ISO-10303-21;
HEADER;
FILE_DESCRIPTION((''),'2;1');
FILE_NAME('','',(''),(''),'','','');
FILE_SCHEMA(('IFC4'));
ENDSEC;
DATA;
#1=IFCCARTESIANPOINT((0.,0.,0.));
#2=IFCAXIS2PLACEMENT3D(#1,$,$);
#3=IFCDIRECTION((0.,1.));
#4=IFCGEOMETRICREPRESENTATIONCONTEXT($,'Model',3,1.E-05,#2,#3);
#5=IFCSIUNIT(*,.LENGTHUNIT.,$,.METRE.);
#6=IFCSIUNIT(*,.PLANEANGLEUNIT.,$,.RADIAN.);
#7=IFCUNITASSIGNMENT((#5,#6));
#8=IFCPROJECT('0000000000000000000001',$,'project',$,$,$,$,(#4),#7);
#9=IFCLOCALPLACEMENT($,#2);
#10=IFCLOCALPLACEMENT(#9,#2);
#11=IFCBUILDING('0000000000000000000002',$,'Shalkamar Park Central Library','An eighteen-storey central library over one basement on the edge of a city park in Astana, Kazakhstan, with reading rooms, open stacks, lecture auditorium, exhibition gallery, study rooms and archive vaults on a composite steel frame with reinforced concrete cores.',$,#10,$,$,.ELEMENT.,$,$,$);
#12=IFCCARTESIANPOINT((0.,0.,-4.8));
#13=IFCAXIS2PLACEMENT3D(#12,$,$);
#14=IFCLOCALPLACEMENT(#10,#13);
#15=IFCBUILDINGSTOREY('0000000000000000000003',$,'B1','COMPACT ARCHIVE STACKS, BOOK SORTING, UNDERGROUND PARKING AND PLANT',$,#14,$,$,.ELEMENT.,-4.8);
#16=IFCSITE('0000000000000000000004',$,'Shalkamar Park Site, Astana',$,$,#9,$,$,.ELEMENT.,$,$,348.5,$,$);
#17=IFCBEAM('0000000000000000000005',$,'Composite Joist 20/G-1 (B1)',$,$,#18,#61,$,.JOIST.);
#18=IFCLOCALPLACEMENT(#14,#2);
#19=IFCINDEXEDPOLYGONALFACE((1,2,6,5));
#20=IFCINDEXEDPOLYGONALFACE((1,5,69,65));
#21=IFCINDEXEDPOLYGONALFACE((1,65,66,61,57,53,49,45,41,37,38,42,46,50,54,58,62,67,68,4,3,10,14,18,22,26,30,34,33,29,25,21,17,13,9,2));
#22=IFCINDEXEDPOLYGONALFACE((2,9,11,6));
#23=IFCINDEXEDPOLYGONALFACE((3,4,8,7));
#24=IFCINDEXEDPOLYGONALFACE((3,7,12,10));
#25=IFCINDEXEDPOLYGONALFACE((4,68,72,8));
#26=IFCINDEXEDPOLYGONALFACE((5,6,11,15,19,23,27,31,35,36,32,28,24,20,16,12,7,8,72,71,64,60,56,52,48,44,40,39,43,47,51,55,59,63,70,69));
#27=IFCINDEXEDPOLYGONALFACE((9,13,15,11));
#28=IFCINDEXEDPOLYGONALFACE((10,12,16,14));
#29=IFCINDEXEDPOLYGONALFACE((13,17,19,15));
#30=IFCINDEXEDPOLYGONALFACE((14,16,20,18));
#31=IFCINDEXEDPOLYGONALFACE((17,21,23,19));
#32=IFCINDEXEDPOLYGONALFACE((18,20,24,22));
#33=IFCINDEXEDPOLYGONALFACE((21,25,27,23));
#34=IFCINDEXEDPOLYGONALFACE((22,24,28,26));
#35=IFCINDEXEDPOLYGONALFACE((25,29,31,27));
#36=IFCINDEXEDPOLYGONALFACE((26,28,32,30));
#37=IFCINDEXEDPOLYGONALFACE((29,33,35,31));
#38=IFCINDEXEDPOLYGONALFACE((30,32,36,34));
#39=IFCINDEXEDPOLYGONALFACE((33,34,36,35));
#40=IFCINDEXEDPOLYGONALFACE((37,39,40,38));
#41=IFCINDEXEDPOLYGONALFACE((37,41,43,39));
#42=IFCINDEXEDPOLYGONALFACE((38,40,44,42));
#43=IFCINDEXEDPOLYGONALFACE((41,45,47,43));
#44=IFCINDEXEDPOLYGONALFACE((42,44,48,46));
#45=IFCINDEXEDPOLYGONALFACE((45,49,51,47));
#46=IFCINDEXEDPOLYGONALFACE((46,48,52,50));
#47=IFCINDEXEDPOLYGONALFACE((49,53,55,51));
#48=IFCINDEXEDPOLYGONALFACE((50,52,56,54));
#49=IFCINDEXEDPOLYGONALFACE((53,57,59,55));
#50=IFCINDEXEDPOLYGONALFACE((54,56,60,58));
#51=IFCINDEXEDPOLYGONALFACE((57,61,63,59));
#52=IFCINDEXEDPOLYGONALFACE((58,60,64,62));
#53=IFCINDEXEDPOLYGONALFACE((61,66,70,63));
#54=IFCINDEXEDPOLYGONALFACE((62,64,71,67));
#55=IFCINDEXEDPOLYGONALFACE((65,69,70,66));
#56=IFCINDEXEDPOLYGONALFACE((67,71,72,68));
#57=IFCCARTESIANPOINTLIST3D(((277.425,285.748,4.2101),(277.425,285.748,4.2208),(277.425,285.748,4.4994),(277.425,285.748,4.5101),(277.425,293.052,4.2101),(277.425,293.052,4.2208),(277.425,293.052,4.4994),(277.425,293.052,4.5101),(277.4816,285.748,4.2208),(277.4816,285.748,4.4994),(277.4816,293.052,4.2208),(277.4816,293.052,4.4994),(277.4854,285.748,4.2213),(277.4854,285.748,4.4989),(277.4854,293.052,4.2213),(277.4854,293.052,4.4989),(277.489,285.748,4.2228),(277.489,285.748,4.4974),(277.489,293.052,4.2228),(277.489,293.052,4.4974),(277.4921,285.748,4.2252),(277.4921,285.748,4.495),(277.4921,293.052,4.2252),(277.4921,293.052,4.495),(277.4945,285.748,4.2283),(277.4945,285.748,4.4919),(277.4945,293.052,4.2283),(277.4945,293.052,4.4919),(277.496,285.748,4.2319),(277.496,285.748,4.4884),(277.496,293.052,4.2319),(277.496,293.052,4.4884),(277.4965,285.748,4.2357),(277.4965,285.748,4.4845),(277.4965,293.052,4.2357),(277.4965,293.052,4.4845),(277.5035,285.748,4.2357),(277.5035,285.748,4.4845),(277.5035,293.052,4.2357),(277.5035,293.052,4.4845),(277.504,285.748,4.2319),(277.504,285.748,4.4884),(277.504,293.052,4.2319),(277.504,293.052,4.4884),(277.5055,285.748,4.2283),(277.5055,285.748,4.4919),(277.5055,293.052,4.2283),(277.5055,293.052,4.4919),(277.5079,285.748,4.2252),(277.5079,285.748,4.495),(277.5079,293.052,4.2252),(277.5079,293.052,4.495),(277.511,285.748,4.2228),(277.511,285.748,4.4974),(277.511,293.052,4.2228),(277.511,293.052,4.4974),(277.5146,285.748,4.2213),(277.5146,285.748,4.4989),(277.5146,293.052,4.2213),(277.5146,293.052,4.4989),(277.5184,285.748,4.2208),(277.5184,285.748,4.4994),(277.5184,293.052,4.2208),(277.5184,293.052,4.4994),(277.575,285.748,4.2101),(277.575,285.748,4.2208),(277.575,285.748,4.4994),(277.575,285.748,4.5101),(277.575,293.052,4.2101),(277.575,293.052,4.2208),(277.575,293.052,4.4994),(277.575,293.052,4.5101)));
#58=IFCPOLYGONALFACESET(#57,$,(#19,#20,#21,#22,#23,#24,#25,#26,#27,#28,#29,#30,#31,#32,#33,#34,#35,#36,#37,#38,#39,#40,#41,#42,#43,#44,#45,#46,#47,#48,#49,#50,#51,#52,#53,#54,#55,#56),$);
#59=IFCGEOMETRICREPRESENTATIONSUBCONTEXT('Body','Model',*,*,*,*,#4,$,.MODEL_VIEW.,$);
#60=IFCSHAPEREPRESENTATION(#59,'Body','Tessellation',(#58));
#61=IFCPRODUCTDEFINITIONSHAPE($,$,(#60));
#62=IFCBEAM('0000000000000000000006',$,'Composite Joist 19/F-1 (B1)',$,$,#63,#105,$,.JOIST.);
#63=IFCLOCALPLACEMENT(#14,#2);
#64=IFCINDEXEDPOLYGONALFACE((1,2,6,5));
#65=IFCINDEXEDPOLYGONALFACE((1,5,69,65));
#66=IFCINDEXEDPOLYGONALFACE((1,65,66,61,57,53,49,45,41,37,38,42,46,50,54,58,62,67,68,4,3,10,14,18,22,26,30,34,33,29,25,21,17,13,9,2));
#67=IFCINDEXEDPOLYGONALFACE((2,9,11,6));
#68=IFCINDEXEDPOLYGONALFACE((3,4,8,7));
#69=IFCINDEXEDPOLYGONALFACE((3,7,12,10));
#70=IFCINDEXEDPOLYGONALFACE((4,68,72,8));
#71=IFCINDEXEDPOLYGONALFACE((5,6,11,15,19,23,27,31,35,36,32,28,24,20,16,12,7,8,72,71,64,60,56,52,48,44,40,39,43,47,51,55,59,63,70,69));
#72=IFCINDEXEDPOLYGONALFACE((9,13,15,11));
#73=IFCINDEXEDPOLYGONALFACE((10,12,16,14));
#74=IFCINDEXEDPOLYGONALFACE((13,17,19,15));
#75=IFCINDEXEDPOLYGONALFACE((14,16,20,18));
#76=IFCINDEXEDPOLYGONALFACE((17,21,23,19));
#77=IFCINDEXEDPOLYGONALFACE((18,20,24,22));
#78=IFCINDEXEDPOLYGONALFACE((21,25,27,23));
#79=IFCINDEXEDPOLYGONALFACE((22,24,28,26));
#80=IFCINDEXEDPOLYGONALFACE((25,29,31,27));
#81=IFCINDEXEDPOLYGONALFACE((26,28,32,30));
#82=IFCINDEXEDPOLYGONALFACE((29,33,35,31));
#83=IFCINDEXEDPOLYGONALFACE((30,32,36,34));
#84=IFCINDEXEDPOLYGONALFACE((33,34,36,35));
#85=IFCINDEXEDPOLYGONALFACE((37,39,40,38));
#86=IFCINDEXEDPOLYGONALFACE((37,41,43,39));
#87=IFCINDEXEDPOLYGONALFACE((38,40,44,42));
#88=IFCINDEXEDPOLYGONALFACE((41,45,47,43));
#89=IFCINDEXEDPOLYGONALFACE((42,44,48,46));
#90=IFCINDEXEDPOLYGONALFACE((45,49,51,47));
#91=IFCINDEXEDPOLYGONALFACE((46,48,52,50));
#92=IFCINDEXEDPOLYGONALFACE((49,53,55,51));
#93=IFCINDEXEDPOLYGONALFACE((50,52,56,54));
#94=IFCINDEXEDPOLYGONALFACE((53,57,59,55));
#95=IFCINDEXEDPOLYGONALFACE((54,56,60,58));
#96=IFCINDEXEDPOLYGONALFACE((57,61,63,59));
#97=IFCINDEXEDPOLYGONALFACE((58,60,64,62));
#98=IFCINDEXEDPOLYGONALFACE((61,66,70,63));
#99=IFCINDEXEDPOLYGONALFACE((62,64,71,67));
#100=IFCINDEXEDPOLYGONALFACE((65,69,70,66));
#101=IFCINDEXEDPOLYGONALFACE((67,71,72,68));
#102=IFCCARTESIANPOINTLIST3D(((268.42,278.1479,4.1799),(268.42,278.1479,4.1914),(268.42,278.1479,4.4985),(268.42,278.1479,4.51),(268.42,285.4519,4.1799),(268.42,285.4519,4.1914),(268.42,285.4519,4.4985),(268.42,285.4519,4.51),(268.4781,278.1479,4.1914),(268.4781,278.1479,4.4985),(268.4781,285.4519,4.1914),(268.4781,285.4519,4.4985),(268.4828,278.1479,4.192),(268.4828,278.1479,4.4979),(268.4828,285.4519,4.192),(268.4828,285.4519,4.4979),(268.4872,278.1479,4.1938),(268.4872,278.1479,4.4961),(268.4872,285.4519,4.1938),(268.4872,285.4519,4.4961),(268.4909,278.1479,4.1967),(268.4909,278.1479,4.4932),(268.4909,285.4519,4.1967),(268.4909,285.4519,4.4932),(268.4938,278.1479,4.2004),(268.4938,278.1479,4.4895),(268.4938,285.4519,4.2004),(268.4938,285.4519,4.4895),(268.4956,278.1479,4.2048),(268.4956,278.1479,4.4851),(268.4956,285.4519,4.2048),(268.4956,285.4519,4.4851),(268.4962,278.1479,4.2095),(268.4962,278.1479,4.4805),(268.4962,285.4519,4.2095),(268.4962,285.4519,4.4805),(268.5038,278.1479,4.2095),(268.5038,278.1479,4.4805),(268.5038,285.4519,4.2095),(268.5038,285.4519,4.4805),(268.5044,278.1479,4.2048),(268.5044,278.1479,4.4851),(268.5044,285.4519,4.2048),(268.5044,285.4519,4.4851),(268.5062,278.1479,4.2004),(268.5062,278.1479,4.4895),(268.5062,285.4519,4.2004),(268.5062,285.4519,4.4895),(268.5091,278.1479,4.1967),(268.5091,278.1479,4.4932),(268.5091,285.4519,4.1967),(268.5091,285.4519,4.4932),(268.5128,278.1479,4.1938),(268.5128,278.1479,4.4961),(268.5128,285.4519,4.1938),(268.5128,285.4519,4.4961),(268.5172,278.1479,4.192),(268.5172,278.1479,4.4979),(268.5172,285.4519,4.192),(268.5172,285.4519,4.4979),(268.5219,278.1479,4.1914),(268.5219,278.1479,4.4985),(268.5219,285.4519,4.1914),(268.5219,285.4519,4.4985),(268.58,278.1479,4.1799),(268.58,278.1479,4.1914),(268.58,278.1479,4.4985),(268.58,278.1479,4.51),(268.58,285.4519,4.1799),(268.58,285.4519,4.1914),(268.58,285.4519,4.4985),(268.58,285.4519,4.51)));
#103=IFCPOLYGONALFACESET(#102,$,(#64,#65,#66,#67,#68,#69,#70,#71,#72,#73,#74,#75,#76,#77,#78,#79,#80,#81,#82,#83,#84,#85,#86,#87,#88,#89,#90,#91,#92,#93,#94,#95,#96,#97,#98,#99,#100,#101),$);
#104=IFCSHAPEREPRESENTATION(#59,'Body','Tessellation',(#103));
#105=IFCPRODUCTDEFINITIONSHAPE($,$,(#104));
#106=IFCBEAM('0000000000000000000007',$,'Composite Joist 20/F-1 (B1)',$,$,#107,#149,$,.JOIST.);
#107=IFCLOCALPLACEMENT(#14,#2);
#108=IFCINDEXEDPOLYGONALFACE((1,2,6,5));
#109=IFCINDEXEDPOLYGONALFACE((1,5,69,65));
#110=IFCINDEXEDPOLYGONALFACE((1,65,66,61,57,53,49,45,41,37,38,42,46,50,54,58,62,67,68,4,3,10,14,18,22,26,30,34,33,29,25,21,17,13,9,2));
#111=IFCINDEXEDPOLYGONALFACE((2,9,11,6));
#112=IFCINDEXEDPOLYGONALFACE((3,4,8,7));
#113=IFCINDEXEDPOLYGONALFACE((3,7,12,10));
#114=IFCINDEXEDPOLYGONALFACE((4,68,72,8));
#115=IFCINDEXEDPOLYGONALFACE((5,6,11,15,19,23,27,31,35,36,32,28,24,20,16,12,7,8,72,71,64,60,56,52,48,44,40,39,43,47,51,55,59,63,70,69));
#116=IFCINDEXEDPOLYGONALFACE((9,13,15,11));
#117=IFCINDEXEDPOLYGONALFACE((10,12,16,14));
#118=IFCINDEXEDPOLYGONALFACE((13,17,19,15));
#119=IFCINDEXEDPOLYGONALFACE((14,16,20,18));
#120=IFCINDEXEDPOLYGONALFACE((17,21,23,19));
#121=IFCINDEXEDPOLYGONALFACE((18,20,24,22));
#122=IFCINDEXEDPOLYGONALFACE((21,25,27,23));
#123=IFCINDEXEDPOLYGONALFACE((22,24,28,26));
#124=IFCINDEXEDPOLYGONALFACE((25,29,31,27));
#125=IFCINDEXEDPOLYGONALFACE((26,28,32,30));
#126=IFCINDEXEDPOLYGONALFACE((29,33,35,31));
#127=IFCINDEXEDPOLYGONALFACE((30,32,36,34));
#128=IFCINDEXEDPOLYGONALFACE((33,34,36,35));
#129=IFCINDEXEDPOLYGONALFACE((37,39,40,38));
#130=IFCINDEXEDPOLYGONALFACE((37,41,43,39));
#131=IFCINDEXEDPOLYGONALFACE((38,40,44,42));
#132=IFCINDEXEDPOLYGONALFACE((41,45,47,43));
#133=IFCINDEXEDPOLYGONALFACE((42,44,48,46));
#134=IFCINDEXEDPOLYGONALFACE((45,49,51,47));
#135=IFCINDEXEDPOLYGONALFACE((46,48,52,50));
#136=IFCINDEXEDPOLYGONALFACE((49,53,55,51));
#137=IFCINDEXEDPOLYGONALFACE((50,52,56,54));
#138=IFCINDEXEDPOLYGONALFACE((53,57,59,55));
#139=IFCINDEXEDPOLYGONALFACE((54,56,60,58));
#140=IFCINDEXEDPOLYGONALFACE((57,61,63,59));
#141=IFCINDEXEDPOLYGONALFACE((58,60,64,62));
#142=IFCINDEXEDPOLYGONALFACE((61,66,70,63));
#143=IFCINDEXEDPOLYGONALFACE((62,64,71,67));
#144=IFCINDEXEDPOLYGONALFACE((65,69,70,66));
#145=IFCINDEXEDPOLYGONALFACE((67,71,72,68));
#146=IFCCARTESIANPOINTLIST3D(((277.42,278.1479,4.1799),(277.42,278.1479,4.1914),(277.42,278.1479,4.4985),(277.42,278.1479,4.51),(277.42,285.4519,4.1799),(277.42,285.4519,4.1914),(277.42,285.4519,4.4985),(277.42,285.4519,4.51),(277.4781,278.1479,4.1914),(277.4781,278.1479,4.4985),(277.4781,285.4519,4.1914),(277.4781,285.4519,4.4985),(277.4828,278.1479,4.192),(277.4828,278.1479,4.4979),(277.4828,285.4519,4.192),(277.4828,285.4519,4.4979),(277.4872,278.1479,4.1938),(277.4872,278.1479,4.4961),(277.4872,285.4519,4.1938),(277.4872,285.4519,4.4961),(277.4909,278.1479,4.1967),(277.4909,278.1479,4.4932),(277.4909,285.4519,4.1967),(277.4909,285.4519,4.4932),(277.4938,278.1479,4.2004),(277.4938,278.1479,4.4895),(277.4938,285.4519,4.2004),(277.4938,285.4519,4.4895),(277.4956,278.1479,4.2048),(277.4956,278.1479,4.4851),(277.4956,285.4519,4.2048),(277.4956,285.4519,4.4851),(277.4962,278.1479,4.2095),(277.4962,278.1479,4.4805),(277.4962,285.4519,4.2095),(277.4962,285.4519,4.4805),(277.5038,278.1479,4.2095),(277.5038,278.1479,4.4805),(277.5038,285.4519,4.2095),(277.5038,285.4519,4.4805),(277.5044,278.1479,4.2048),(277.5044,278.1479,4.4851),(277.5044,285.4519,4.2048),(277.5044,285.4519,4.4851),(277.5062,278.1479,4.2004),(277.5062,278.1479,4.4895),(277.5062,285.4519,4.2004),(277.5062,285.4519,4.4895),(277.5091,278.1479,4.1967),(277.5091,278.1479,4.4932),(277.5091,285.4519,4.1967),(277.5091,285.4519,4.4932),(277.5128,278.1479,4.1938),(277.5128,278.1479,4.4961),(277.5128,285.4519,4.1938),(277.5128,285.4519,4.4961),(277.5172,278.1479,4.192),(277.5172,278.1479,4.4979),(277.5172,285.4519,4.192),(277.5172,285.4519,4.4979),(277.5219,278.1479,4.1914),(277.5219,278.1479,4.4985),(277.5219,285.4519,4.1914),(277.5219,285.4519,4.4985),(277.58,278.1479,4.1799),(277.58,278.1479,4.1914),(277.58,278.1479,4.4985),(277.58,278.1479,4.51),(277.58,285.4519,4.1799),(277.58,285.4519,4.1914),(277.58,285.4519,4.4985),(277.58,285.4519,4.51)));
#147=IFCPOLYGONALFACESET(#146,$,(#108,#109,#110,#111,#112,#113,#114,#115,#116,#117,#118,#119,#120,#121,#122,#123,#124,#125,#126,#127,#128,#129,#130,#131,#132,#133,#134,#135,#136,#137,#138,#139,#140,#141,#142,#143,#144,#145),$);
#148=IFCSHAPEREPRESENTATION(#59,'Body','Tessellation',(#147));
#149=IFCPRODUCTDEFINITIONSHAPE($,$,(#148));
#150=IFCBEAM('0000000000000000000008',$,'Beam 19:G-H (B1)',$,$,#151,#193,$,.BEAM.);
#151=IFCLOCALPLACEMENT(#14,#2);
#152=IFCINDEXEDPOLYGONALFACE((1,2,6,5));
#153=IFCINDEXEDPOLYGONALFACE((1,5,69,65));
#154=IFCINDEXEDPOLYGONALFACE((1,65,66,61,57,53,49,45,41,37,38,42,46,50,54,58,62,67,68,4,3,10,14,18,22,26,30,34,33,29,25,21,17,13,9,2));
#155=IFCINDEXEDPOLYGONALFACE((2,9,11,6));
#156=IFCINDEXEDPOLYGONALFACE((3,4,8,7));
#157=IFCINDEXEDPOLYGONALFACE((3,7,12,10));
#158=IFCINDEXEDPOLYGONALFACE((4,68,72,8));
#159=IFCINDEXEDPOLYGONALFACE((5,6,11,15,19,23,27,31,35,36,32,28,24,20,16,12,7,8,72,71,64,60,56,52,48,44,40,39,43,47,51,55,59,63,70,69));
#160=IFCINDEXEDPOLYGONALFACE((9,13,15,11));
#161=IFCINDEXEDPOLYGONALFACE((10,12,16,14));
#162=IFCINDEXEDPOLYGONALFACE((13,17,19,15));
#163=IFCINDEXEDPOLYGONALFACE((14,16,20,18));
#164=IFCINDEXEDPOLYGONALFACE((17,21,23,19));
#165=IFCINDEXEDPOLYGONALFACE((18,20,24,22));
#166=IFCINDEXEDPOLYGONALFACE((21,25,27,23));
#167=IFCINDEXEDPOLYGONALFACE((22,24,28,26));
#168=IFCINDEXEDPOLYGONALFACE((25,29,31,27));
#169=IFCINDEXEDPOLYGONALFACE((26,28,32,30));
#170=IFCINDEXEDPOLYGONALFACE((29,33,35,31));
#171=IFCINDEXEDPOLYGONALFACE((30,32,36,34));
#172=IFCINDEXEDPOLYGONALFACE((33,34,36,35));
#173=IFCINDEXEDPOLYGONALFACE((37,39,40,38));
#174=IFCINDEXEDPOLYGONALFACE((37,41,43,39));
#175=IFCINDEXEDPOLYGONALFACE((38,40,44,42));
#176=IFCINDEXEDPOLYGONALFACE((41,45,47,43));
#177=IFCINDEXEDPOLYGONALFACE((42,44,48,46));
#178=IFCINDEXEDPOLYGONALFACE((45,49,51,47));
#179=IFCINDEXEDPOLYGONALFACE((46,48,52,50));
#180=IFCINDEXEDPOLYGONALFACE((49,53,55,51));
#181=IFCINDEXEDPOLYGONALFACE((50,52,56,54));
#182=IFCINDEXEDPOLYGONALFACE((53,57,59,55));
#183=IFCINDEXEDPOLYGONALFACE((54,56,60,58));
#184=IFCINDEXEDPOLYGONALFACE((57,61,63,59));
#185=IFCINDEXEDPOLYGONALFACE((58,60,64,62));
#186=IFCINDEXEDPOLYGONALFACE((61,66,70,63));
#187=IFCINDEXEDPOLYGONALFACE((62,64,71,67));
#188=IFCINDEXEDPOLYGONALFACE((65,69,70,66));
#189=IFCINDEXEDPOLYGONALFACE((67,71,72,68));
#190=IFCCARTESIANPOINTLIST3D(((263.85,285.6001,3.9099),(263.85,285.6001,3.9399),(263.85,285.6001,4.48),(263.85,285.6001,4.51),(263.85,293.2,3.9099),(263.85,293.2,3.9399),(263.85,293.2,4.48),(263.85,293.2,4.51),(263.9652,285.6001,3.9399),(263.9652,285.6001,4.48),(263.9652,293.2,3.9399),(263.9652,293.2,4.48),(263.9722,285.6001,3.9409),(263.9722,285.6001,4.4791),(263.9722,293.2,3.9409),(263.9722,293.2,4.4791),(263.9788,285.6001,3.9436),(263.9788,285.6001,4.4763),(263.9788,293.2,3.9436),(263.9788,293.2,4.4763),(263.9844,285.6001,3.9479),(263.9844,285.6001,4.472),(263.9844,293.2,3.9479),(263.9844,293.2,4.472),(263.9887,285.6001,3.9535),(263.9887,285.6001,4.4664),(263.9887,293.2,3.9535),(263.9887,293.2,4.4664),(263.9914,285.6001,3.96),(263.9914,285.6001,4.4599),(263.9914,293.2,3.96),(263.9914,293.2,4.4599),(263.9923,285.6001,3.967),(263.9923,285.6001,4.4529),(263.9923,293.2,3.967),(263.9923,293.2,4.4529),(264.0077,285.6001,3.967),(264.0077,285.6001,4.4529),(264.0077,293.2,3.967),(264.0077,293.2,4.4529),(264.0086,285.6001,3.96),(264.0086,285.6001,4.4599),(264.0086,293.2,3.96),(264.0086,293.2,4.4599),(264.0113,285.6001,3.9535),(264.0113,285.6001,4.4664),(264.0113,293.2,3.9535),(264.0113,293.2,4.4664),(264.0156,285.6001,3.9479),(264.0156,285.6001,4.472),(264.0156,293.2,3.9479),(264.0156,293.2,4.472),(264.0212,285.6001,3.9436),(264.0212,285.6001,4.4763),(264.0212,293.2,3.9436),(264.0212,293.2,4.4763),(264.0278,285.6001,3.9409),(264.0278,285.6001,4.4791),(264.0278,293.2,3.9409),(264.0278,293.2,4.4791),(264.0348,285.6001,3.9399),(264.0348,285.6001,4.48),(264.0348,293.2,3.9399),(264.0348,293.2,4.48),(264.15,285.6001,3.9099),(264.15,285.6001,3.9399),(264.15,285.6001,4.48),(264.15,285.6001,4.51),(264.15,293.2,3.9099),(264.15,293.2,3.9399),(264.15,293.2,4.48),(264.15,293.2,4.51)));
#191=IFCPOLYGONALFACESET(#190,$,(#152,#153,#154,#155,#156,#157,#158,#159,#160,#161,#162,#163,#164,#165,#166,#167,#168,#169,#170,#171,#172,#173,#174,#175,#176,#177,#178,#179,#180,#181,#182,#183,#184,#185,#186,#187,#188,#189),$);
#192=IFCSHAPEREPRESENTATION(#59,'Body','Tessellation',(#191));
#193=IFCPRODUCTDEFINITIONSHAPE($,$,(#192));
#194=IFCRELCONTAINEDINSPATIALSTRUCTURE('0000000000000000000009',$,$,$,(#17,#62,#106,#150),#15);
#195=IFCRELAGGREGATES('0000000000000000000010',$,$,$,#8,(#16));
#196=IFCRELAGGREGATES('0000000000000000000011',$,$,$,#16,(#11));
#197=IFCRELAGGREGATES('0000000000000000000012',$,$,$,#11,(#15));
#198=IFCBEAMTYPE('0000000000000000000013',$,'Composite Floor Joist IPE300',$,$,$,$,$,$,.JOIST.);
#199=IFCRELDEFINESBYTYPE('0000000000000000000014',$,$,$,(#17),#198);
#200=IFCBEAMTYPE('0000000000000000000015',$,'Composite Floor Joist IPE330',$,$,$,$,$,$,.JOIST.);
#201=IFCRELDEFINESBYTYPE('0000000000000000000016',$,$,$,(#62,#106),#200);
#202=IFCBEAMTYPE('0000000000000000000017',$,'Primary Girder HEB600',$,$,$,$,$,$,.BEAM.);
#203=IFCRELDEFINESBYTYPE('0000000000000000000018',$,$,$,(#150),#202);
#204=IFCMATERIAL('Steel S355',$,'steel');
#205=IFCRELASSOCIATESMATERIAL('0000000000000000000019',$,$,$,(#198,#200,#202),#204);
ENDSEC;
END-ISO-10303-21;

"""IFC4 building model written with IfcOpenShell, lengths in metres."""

from ifc_helpers import new_model, si_unit, direction, frame, origin, origin_2d, place, context, subcontext, project, spatial, i_section, extrude, material, material_profile, profile_set, type_object, element, save


model = new_model("IFC4")

# Units and contexts
model_context = context("Model", 3, precision=1e-05, world=origin(), true_north=direction((0.0, 1.0)))
body_context = subcontext(model_context, "Body", "Model", "MODEL_VIEW")
ifc_project = project(units=[si_unit("LENGTHUNIT", "METRE"), si_unit("PLANEANGLEUNIT", "RADIAN")], contexts=[model_context])

# Site, building, storey
site_placement = place(None, origin())
site = spatial("IfcSite", under=ifc_project, at=site_placement, Name="Shalkamar Park Site, Astana", CompositionType="ELEMENT", RefElevation=348.5)
building_placement = place(site_placement, origin())
building = spatial("IfcBuilding", under=site, at=building_placement, Name="Shalkamar Park Central Library", Description="An eighteen-storey central library over one basement on the edge of a city park in Astana, Kazakhstan, with reading rooms, open stacks, lecture auditorium, exhibition gallery, study rooms and archive vaults on a composite steel frame with reinforced concrete cores.", CompositionType="ELEMENT")
storey_placement = place(building_placement, frame((0.0, 0.0, -4.8)))
storey = spatial("IfcBuildingStorey", under=building, at=storey_placement, Name="B1", Description="COMPACT ARCHIVE STACKS, BOOK SORTING, UNDERGROUND PARKING AND PLANT", CompositionType="ELEMENT", Elevation=-4.8)

# Shared definitions
ifc_material_1 = material(Name="Steel S355", Category="steel")

# Beams
ifc_material_profile_1 = material_profile(ifc_material_1, i_section(OverallWidth=0.1499, OverallDepth=0.3, WebThickness=0.0071, FlangeThickness=0.0107, FilletRadius=0.0149, at=origin_2d()), Name="IPE 300")
ifc_profile_set_1 = profile_set([ifc_material_profile_1], Name="Steel S355")
beam_type_1 = type_object("IfcBeamType", Name="Composite Floor Joist IPE300", PredefinedType="JOIST", material=ifc_profile_set_1)
for number, where, z_axis, x_axis, name in (
    (1, (277.5, 285.748, 4.3601), (0.0, 1.0, 0.0), (-1.0, 0.0, 0.0), "Composite Joist 20/G-1 (B1)"),
):
    element("IfcBeam", number, at=place(storey_placement, frame(where, z_axis=z_axis, x_axis=x_axis)), inside=storey, type_object=beam_type_1, Name=name, PredefinedType="JOIST", context=body_context, shape_type="SweptSolid", body=[
        extrude(i_section(OverallWidth=0.1499, OverallDepth=0.3, WebThickness=0.0071, FlangeThickness=0.0107, FilletRadius=0.0149, at=origin_2d()), origin(), (0.0, 0.0, 1.0), 7.304),
    ])
ifc_material_profile_2 = material_profile(ifc_material_1, i_section(OverallWidth=0.1599, OverallDepth=0.3301, WebThickness=0.0076, FlangeThickness=0.0115, FilletRadius=0.0181, at=origin_2d()), Name="IPE 330")
ifc_profile_set_2 = profile_set([ifc_material_profile_2], Name="Steel S355")
beam_type_2 = type_object("IfcBeamType", Name="Composite Floor Joist IPE330", PredefinedType="JOIST", material=ifc_profile_set_2)
for number, where, z_axis, x_axis, name in (
    (2, (268.5, 278.1479, 4.345), (0.0, 1.0, 0.0), (-1.0, 0.0, 0.0), "Composite Joist 19/F-1 (B1)"),
    (3, (277.5, 278.1479, 4.345), (0.0, 1.0, 0.0), (-1.0, 0.0, 0.0), "Composite Joist 20/F-1 (B1)"),
):
    element("IfcBeam", number, at=place(storey_placement, frame(where, z_axis=z_axis, x_axis=x_axis)), inside=storey, type_object=beam_type_2, Name=name, PredefinedType="JOIST", context=body_context, shape_type="SweptSolid", body=[
        extrude(i_section(OverallWidth=0.1599, OverallDepth=0.3301, WebThickness=0.0076, FlangeThickness=0.0115, FilletRadius=0.0181, at=origin_2d()), origin(), (0.0, 0.0, 1.0), 7.304),
    ])
ifc_material_profile_3 = material_profile(ifc_material_1, i_section(OverallWidth=0.3, OverallDepth=0.6001, WebThickness=0.0154, FlangeThickness=0.03, FilletRadius=0.0271, at=origin_2d()), Name="HEB 600")
ifc_profile_set_3 = profile_set([ifc_material_profile_3], Name="Steel S355")
beam_type_3 = type_object("IfcBeamType", Name="Primary Girder HEB600", PredefinedType="BEAM", material=ifc_profile_set_3)
beam_1_placement = place(storey_placement, frame((264.0, 285.6001, 4.21), z_axis=(0.0, 1.0, 0.0), x_axis=(-1.0, 0.0, 0.0)))
element("IfcBeam", 4, at=beam_1_placement, inside=storey, type_object=beam_type_3, Name="Beam 19:G-H (B1)", PredefinedType="BEAM", context=body_context, shape_type="SweptSolid", body=[
    extrude(i_section(OverallWidth=0.3, OverallDepth=0.6001, WebThickness=0.0154, FlangeThickness=0.03, FilletRadius=0.0271, at=origin_2d()), origin(), (0.0, 0.0, 1.0), 7.5999),
])

save(model, "model.ifc")
